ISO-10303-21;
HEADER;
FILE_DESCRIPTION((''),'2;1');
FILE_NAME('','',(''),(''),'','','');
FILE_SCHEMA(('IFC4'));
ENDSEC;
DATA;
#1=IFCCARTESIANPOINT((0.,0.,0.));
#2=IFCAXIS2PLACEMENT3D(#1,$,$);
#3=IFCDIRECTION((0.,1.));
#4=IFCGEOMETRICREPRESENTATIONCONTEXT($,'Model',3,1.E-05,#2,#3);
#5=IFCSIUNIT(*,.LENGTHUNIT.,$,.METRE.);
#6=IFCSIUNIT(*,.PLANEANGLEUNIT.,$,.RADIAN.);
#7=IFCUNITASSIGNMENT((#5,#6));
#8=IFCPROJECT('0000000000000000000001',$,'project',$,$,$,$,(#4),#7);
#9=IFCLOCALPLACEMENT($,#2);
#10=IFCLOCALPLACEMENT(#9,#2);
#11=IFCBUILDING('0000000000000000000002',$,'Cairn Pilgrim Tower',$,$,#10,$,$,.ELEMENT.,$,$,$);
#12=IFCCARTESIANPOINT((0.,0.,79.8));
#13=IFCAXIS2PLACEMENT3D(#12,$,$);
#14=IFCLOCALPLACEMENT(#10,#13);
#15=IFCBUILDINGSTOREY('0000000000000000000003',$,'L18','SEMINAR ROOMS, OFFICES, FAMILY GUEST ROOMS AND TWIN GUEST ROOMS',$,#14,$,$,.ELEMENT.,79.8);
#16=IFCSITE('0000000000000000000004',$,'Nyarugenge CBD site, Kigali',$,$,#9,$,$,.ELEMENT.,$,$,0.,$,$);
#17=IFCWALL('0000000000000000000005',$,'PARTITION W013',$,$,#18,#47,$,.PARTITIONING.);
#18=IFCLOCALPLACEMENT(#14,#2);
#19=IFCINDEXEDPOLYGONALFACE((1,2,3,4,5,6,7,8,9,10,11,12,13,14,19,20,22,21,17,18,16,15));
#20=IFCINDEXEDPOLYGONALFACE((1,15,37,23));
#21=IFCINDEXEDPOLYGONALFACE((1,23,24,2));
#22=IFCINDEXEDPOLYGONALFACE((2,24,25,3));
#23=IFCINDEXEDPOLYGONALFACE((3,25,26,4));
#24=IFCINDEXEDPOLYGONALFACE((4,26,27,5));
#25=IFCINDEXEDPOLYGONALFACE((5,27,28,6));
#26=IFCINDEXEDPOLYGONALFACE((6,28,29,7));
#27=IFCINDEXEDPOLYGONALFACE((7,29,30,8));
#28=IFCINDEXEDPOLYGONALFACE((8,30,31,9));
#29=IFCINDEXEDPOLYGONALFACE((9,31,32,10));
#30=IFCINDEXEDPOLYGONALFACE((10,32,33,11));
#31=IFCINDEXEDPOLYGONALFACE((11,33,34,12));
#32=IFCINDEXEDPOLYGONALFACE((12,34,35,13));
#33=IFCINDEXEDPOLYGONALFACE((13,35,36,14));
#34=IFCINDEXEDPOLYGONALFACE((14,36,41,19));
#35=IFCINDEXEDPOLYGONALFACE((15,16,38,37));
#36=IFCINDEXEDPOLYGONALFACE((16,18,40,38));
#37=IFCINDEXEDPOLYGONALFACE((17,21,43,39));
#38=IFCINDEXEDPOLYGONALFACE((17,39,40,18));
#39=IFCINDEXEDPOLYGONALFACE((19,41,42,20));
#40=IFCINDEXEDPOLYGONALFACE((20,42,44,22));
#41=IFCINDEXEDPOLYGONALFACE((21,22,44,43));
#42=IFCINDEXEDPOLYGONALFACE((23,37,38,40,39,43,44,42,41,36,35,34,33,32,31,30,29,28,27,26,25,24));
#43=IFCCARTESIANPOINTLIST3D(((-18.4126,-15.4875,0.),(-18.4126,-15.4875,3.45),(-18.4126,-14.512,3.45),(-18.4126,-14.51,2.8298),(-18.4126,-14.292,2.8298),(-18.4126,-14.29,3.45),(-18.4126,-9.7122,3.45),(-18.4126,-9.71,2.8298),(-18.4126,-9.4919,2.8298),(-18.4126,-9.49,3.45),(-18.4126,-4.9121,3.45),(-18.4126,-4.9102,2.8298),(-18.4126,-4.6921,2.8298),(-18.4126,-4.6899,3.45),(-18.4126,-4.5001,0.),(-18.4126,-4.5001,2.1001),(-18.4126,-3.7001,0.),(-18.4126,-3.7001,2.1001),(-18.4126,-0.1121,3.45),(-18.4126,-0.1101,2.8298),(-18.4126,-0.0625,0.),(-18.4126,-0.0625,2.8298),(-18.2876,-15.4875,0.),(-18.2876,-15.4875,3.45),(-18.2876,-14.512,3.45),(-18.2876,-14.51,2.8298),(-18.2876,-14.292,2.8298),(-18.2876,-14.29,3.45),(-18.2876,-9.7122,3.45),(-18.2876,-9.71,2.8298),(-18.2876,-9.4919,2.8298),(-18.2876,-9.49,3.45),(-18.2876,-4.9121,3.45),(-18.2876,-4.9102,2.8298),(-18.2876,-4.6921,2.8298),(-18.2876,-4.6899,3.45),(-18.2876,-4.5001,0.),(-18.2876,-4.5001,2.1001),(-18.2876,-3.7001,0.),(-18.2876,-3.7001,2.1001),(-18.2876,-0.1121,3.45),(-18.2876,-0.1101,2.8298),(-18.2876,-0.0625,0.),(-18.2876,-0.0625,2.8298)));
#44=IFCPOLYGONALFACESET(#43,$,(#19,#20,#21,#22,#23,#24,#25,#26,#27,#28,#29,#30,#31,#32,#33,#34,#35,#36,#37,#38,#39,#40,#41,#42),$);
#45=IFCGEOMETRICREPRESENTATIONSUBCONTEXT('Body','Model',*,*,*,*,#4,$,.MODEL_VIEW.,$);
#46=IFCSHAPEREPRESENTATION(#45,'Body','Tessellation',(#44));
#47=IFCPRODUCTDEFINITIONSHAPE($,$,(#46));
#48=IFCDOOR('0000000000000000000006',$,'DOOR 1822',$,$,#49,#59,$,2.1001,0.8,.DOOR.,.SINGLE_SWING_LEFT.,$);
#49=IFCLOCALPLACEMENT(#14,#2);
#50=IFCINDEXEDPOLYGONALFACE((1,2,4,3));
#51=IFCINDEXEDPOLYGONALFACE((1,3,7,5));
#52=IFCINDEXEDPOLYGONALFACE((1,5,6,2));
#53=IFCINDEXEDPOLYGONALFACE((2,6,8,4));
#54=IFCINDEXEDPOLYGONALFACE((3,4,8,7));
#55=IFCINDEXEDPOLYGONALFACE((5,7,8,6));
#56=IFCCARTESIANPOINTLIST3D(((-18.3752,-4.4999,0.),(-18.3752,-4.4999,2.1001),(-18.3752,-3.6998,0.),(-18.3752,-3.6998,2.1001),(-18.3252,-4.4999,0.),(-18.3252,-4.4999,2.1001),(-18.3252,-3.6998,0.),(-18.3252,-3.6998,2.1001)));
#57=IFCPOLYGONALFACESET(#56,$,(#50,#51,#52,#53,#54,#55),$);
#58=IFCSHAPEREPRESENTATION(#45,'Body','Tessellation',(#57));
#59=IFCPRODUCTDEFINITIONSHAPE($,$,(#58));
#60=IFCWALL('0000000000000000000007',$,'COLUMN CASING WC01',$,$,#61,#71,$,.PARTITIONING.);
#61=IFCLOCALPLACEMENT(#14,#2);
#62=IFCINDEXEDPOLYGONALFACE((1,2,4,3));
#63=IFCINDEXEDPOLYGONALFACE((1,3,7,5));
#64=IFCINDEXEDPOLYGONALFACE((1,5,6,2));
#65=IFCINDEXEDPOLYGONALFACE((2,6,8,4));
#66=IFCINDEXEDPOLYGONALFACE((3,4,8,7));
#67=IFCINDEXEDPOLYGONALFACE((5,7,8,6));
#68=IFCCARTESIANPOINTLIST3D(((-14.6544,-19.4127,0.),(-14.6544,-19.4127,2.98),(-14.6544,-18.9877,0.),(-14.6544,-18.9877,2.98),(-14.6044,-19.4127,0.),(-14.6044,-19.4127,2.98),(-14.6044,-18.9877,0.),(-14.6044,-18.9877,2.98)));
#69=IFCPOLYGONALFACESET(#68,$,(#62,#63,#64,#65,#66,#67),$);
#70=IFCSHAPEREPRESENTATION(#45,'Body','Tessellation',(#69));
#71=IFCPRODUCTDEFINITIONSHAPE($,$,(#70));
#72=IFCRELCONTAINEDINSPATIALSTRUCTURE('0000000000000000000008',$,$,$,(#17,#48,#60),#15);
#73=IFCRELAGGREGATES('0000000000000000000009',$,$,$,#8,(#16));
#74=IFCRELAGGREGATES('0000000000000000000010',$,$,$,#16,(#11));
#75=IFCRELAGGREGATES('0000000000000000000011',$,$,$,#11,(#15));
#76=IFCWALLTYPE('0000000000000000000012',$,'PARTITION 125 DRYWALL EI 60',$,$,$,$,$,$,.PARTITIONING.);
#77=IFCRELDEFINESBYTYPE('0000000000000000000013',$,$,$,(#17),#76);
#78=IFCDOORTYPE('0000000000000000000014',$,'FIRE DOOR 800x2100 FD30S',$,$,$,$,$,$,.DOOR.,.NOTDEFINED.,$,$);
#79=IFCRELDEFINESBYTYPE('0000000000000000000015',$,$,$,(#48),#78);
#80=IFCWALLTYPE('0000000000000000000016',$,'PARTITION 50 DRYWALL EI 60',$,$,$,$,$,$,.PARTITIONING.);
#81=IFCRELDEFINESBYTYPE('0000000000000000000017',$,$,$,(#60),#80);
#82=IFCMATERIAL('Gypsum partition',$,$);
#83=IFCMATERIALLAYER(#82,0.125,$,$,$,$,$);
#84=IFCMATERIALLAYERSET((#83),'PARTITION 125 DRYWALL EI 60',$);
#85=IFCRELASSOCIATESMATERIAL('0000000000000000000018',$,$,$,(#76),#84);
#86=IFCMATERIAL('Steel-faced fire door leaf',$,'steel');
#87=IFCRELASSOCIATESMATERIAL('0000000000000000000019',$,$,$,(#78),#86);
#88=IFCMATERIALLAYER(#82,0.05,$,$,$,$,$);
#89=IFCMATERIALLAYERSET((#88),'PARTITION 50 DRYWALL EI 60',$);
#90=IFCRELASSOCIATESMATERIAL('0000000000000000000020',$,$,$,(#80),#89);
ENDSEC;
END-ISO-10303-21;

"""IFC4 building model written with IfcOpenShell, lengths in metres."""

from ifc_helpers import new_model, si_unit, direction, frame, frame_2d, origin, place, context, subcontext, project, spatial, polyline, rectangle, outline, extrude, material, layer, layer_set, type_object, element, fill, save


model = new_model("IFC4")

# Units and contexts
model_context = context("Model", 3, precision=1e-05, world=origin(), true_north=direction((0.0, 1.0)))
body_context = subcontext(model_context, "Body", "Model", "MODEL_VIEW")
ifc_project = project(units=[si_unit("LENGTHUNIT", "METRE"), si_unit("PLANEANGLEUNIT", "RADIAN")], contexts=[model_context])

# Site, building, storey
site_placement = place(None, origin())
site = spatial("IfcSite", under=ifc_project, at=site_placement, Name="Nyarugenge CBD site, Kigali", CompositionType="ELEMENT", RefElevation=0.0)
building_placement = place(site_placement, origin())
building = spatial("IfcBuilding", under=site, at=building_placement, Name="Cairn Pilgrim Tower", CompositionType="ELEMENT")
storey_placement = place(building_placement, frame((0.0, 0.0, 79.8)))
storey = spatial("IfcBuildingStorey", under=building, at=storey_placement, Name="L18", Description="SEMINAR ROOMS, OFFICES, FAMILY GUEST ROOMS AND TWIN GUEST ROOMS", CompositionType="ELEMENT", Elevation=79.8)

# Shared definitions
ifc_material_1 = material(Name="Gypsum partition")
ifc_layer_1 = layer(ifc_material_1, 0.125)
ifc_layer_set_1 = layer_set([ifc_layer_1], Name="PARTITION 125 DRYWALL EI 60")
wall_type_1 = type_object("IfcWallType", Name="PARTITION 125 DRYWALL EI 60", PredefinedType="PARTITIONING", material=ifc_layer_set_1)
ifc_material_2 = material(Name="Steel-faced fire door leaf", Category="steel")

# Wall, opening, door
wall_1_placement = place(storey_placement, frame((-18.3501, -15.4875, 0.0), z_axis=(0.0, 0.0, 1.0), x_axis=(0.0, 1.0, 0.0)))
wall_1 = element("IfcWall", 1, at=wall_1_placement, inside=storey, type_object=wall_type_1, Name="PARTITION W013", PredefinedType="PARTITIONING", context=body_context, shape_type="SweptSolid", body=[
    extrude(outline(polyline([(0.0, 0.0), (15.425, 0.0), (15.425, 2.8298), (15.3774, 2.8298), (15.3755, 3.45), (10.7976, 3.45), (10.7954, 2.8298), (10.5774, 2.8298), (10.5754, 3.45), (5.9976, 3.45), (5.9956, 2.8298), (5.7776, 2.8298), (5.7754, 3.45), (1.1975, 3.45), (1.1956, 2.8298), (0.9775, 2.8298), (0.9756, 3.45), (0.0, 3.45), (0.0, 0.0)])), frame((0.0, 0.0625, 0.0), z_axis=(0.0, -1.0, 0.0), x_axis=(1.0, 0.0, 0.0)), (0.0, 0.0, 1.0), 0.125),
])
opening_1_placement = place(wall_1_placement, frame((10.9875, 0.0, 0.0)))
opening_1 = element("IfcOpeningElement", 2, at=opening_1_placement, cuts=wall_1, PredefinedType="OPENING", context=body_context, shape_type="SweptSolid", body=[
    extrude(rectangle(XDim=0.8, YDim=2.1001, at=frame_2d((0.3999, 1.05))), frame((0.0, 0.0725, 0.0), z_axis=(0.0, -1.0, 0.0), x_axis=(1.0, 0.0, 0.0)), (0.0, 0.0, 1.0), 0.145),
])
door_type_1 = type_object("IfcDoorType", Name="FIRE DOOR 800x2100 FD30S", OperationType="NOTDEFINED", PredefinedType="DOOR", material=ifc_material_2)
door_1_placement = place(opening_1_placement, frame((0.8, 0.0, 0.0), z_axis=(0.0, 0.0, 1.0), x_axis=(-1.0, 0.0, 0.0)))
door_1 = element("IfcDoor", 3, at=door_1_placement, inside=storey, type_object=door_type_1, Name="DOOR 1822", OperationType="SINGLE_SWING_LEFT", OverallHeight=2.1001, OverallWidth=0.8, PredefinedType="DOOR", context=body_context, shape_type="SweptSolid", body=[
    extrude(rectangle(XDim=0.8, YDim=2.1001, at=frame_2d((0.3999, 1.05))), frame((0.0, 0.0249, 0.0), z_axis=(0.0, -1.0, 0.0), x_axis=(1.0, 0.0, 0.0)), (0.0, 0.0, 1.0), 0.05),
])
fill(opening_1, door_1)

# Wall
ifc_layer_2 = layer(ifc_material_1, 0.05)
ifc_layer_set_2 = layer_set([ifc_layer_2], Name="PARTITION 50 DRYWALL EI 60")
wall_type_2 = type_object("IfcWallType", Name="PARTITION 50 DRYWALL EI 60", PredefinedType="PARTITIONING", material=ifc_layer_set_2)
wall_2_placement = place(storey_placement, frame((-14.6294, -19.4126, 0.0), z_axis=(0.0, 0.0, 1.0), x_axis=(0.0, 1.0, 0.0)))
element("IfcWall", 4, at=wall_2_placement, inside=storey, type_object=wall_type_2, Name="COLUMN CASING WC01", PredefinedType="PARTITIONING", context=body_context, shape_type="SweptSolid", body=[
    extrude(rectangle(XDim=0.425, YDim=0.05, at=frame_2d((0.2124, 0.0))), origin(), (0.0, 0.0, 1.0), 2.98),
])

save(model, "model.ifc")
